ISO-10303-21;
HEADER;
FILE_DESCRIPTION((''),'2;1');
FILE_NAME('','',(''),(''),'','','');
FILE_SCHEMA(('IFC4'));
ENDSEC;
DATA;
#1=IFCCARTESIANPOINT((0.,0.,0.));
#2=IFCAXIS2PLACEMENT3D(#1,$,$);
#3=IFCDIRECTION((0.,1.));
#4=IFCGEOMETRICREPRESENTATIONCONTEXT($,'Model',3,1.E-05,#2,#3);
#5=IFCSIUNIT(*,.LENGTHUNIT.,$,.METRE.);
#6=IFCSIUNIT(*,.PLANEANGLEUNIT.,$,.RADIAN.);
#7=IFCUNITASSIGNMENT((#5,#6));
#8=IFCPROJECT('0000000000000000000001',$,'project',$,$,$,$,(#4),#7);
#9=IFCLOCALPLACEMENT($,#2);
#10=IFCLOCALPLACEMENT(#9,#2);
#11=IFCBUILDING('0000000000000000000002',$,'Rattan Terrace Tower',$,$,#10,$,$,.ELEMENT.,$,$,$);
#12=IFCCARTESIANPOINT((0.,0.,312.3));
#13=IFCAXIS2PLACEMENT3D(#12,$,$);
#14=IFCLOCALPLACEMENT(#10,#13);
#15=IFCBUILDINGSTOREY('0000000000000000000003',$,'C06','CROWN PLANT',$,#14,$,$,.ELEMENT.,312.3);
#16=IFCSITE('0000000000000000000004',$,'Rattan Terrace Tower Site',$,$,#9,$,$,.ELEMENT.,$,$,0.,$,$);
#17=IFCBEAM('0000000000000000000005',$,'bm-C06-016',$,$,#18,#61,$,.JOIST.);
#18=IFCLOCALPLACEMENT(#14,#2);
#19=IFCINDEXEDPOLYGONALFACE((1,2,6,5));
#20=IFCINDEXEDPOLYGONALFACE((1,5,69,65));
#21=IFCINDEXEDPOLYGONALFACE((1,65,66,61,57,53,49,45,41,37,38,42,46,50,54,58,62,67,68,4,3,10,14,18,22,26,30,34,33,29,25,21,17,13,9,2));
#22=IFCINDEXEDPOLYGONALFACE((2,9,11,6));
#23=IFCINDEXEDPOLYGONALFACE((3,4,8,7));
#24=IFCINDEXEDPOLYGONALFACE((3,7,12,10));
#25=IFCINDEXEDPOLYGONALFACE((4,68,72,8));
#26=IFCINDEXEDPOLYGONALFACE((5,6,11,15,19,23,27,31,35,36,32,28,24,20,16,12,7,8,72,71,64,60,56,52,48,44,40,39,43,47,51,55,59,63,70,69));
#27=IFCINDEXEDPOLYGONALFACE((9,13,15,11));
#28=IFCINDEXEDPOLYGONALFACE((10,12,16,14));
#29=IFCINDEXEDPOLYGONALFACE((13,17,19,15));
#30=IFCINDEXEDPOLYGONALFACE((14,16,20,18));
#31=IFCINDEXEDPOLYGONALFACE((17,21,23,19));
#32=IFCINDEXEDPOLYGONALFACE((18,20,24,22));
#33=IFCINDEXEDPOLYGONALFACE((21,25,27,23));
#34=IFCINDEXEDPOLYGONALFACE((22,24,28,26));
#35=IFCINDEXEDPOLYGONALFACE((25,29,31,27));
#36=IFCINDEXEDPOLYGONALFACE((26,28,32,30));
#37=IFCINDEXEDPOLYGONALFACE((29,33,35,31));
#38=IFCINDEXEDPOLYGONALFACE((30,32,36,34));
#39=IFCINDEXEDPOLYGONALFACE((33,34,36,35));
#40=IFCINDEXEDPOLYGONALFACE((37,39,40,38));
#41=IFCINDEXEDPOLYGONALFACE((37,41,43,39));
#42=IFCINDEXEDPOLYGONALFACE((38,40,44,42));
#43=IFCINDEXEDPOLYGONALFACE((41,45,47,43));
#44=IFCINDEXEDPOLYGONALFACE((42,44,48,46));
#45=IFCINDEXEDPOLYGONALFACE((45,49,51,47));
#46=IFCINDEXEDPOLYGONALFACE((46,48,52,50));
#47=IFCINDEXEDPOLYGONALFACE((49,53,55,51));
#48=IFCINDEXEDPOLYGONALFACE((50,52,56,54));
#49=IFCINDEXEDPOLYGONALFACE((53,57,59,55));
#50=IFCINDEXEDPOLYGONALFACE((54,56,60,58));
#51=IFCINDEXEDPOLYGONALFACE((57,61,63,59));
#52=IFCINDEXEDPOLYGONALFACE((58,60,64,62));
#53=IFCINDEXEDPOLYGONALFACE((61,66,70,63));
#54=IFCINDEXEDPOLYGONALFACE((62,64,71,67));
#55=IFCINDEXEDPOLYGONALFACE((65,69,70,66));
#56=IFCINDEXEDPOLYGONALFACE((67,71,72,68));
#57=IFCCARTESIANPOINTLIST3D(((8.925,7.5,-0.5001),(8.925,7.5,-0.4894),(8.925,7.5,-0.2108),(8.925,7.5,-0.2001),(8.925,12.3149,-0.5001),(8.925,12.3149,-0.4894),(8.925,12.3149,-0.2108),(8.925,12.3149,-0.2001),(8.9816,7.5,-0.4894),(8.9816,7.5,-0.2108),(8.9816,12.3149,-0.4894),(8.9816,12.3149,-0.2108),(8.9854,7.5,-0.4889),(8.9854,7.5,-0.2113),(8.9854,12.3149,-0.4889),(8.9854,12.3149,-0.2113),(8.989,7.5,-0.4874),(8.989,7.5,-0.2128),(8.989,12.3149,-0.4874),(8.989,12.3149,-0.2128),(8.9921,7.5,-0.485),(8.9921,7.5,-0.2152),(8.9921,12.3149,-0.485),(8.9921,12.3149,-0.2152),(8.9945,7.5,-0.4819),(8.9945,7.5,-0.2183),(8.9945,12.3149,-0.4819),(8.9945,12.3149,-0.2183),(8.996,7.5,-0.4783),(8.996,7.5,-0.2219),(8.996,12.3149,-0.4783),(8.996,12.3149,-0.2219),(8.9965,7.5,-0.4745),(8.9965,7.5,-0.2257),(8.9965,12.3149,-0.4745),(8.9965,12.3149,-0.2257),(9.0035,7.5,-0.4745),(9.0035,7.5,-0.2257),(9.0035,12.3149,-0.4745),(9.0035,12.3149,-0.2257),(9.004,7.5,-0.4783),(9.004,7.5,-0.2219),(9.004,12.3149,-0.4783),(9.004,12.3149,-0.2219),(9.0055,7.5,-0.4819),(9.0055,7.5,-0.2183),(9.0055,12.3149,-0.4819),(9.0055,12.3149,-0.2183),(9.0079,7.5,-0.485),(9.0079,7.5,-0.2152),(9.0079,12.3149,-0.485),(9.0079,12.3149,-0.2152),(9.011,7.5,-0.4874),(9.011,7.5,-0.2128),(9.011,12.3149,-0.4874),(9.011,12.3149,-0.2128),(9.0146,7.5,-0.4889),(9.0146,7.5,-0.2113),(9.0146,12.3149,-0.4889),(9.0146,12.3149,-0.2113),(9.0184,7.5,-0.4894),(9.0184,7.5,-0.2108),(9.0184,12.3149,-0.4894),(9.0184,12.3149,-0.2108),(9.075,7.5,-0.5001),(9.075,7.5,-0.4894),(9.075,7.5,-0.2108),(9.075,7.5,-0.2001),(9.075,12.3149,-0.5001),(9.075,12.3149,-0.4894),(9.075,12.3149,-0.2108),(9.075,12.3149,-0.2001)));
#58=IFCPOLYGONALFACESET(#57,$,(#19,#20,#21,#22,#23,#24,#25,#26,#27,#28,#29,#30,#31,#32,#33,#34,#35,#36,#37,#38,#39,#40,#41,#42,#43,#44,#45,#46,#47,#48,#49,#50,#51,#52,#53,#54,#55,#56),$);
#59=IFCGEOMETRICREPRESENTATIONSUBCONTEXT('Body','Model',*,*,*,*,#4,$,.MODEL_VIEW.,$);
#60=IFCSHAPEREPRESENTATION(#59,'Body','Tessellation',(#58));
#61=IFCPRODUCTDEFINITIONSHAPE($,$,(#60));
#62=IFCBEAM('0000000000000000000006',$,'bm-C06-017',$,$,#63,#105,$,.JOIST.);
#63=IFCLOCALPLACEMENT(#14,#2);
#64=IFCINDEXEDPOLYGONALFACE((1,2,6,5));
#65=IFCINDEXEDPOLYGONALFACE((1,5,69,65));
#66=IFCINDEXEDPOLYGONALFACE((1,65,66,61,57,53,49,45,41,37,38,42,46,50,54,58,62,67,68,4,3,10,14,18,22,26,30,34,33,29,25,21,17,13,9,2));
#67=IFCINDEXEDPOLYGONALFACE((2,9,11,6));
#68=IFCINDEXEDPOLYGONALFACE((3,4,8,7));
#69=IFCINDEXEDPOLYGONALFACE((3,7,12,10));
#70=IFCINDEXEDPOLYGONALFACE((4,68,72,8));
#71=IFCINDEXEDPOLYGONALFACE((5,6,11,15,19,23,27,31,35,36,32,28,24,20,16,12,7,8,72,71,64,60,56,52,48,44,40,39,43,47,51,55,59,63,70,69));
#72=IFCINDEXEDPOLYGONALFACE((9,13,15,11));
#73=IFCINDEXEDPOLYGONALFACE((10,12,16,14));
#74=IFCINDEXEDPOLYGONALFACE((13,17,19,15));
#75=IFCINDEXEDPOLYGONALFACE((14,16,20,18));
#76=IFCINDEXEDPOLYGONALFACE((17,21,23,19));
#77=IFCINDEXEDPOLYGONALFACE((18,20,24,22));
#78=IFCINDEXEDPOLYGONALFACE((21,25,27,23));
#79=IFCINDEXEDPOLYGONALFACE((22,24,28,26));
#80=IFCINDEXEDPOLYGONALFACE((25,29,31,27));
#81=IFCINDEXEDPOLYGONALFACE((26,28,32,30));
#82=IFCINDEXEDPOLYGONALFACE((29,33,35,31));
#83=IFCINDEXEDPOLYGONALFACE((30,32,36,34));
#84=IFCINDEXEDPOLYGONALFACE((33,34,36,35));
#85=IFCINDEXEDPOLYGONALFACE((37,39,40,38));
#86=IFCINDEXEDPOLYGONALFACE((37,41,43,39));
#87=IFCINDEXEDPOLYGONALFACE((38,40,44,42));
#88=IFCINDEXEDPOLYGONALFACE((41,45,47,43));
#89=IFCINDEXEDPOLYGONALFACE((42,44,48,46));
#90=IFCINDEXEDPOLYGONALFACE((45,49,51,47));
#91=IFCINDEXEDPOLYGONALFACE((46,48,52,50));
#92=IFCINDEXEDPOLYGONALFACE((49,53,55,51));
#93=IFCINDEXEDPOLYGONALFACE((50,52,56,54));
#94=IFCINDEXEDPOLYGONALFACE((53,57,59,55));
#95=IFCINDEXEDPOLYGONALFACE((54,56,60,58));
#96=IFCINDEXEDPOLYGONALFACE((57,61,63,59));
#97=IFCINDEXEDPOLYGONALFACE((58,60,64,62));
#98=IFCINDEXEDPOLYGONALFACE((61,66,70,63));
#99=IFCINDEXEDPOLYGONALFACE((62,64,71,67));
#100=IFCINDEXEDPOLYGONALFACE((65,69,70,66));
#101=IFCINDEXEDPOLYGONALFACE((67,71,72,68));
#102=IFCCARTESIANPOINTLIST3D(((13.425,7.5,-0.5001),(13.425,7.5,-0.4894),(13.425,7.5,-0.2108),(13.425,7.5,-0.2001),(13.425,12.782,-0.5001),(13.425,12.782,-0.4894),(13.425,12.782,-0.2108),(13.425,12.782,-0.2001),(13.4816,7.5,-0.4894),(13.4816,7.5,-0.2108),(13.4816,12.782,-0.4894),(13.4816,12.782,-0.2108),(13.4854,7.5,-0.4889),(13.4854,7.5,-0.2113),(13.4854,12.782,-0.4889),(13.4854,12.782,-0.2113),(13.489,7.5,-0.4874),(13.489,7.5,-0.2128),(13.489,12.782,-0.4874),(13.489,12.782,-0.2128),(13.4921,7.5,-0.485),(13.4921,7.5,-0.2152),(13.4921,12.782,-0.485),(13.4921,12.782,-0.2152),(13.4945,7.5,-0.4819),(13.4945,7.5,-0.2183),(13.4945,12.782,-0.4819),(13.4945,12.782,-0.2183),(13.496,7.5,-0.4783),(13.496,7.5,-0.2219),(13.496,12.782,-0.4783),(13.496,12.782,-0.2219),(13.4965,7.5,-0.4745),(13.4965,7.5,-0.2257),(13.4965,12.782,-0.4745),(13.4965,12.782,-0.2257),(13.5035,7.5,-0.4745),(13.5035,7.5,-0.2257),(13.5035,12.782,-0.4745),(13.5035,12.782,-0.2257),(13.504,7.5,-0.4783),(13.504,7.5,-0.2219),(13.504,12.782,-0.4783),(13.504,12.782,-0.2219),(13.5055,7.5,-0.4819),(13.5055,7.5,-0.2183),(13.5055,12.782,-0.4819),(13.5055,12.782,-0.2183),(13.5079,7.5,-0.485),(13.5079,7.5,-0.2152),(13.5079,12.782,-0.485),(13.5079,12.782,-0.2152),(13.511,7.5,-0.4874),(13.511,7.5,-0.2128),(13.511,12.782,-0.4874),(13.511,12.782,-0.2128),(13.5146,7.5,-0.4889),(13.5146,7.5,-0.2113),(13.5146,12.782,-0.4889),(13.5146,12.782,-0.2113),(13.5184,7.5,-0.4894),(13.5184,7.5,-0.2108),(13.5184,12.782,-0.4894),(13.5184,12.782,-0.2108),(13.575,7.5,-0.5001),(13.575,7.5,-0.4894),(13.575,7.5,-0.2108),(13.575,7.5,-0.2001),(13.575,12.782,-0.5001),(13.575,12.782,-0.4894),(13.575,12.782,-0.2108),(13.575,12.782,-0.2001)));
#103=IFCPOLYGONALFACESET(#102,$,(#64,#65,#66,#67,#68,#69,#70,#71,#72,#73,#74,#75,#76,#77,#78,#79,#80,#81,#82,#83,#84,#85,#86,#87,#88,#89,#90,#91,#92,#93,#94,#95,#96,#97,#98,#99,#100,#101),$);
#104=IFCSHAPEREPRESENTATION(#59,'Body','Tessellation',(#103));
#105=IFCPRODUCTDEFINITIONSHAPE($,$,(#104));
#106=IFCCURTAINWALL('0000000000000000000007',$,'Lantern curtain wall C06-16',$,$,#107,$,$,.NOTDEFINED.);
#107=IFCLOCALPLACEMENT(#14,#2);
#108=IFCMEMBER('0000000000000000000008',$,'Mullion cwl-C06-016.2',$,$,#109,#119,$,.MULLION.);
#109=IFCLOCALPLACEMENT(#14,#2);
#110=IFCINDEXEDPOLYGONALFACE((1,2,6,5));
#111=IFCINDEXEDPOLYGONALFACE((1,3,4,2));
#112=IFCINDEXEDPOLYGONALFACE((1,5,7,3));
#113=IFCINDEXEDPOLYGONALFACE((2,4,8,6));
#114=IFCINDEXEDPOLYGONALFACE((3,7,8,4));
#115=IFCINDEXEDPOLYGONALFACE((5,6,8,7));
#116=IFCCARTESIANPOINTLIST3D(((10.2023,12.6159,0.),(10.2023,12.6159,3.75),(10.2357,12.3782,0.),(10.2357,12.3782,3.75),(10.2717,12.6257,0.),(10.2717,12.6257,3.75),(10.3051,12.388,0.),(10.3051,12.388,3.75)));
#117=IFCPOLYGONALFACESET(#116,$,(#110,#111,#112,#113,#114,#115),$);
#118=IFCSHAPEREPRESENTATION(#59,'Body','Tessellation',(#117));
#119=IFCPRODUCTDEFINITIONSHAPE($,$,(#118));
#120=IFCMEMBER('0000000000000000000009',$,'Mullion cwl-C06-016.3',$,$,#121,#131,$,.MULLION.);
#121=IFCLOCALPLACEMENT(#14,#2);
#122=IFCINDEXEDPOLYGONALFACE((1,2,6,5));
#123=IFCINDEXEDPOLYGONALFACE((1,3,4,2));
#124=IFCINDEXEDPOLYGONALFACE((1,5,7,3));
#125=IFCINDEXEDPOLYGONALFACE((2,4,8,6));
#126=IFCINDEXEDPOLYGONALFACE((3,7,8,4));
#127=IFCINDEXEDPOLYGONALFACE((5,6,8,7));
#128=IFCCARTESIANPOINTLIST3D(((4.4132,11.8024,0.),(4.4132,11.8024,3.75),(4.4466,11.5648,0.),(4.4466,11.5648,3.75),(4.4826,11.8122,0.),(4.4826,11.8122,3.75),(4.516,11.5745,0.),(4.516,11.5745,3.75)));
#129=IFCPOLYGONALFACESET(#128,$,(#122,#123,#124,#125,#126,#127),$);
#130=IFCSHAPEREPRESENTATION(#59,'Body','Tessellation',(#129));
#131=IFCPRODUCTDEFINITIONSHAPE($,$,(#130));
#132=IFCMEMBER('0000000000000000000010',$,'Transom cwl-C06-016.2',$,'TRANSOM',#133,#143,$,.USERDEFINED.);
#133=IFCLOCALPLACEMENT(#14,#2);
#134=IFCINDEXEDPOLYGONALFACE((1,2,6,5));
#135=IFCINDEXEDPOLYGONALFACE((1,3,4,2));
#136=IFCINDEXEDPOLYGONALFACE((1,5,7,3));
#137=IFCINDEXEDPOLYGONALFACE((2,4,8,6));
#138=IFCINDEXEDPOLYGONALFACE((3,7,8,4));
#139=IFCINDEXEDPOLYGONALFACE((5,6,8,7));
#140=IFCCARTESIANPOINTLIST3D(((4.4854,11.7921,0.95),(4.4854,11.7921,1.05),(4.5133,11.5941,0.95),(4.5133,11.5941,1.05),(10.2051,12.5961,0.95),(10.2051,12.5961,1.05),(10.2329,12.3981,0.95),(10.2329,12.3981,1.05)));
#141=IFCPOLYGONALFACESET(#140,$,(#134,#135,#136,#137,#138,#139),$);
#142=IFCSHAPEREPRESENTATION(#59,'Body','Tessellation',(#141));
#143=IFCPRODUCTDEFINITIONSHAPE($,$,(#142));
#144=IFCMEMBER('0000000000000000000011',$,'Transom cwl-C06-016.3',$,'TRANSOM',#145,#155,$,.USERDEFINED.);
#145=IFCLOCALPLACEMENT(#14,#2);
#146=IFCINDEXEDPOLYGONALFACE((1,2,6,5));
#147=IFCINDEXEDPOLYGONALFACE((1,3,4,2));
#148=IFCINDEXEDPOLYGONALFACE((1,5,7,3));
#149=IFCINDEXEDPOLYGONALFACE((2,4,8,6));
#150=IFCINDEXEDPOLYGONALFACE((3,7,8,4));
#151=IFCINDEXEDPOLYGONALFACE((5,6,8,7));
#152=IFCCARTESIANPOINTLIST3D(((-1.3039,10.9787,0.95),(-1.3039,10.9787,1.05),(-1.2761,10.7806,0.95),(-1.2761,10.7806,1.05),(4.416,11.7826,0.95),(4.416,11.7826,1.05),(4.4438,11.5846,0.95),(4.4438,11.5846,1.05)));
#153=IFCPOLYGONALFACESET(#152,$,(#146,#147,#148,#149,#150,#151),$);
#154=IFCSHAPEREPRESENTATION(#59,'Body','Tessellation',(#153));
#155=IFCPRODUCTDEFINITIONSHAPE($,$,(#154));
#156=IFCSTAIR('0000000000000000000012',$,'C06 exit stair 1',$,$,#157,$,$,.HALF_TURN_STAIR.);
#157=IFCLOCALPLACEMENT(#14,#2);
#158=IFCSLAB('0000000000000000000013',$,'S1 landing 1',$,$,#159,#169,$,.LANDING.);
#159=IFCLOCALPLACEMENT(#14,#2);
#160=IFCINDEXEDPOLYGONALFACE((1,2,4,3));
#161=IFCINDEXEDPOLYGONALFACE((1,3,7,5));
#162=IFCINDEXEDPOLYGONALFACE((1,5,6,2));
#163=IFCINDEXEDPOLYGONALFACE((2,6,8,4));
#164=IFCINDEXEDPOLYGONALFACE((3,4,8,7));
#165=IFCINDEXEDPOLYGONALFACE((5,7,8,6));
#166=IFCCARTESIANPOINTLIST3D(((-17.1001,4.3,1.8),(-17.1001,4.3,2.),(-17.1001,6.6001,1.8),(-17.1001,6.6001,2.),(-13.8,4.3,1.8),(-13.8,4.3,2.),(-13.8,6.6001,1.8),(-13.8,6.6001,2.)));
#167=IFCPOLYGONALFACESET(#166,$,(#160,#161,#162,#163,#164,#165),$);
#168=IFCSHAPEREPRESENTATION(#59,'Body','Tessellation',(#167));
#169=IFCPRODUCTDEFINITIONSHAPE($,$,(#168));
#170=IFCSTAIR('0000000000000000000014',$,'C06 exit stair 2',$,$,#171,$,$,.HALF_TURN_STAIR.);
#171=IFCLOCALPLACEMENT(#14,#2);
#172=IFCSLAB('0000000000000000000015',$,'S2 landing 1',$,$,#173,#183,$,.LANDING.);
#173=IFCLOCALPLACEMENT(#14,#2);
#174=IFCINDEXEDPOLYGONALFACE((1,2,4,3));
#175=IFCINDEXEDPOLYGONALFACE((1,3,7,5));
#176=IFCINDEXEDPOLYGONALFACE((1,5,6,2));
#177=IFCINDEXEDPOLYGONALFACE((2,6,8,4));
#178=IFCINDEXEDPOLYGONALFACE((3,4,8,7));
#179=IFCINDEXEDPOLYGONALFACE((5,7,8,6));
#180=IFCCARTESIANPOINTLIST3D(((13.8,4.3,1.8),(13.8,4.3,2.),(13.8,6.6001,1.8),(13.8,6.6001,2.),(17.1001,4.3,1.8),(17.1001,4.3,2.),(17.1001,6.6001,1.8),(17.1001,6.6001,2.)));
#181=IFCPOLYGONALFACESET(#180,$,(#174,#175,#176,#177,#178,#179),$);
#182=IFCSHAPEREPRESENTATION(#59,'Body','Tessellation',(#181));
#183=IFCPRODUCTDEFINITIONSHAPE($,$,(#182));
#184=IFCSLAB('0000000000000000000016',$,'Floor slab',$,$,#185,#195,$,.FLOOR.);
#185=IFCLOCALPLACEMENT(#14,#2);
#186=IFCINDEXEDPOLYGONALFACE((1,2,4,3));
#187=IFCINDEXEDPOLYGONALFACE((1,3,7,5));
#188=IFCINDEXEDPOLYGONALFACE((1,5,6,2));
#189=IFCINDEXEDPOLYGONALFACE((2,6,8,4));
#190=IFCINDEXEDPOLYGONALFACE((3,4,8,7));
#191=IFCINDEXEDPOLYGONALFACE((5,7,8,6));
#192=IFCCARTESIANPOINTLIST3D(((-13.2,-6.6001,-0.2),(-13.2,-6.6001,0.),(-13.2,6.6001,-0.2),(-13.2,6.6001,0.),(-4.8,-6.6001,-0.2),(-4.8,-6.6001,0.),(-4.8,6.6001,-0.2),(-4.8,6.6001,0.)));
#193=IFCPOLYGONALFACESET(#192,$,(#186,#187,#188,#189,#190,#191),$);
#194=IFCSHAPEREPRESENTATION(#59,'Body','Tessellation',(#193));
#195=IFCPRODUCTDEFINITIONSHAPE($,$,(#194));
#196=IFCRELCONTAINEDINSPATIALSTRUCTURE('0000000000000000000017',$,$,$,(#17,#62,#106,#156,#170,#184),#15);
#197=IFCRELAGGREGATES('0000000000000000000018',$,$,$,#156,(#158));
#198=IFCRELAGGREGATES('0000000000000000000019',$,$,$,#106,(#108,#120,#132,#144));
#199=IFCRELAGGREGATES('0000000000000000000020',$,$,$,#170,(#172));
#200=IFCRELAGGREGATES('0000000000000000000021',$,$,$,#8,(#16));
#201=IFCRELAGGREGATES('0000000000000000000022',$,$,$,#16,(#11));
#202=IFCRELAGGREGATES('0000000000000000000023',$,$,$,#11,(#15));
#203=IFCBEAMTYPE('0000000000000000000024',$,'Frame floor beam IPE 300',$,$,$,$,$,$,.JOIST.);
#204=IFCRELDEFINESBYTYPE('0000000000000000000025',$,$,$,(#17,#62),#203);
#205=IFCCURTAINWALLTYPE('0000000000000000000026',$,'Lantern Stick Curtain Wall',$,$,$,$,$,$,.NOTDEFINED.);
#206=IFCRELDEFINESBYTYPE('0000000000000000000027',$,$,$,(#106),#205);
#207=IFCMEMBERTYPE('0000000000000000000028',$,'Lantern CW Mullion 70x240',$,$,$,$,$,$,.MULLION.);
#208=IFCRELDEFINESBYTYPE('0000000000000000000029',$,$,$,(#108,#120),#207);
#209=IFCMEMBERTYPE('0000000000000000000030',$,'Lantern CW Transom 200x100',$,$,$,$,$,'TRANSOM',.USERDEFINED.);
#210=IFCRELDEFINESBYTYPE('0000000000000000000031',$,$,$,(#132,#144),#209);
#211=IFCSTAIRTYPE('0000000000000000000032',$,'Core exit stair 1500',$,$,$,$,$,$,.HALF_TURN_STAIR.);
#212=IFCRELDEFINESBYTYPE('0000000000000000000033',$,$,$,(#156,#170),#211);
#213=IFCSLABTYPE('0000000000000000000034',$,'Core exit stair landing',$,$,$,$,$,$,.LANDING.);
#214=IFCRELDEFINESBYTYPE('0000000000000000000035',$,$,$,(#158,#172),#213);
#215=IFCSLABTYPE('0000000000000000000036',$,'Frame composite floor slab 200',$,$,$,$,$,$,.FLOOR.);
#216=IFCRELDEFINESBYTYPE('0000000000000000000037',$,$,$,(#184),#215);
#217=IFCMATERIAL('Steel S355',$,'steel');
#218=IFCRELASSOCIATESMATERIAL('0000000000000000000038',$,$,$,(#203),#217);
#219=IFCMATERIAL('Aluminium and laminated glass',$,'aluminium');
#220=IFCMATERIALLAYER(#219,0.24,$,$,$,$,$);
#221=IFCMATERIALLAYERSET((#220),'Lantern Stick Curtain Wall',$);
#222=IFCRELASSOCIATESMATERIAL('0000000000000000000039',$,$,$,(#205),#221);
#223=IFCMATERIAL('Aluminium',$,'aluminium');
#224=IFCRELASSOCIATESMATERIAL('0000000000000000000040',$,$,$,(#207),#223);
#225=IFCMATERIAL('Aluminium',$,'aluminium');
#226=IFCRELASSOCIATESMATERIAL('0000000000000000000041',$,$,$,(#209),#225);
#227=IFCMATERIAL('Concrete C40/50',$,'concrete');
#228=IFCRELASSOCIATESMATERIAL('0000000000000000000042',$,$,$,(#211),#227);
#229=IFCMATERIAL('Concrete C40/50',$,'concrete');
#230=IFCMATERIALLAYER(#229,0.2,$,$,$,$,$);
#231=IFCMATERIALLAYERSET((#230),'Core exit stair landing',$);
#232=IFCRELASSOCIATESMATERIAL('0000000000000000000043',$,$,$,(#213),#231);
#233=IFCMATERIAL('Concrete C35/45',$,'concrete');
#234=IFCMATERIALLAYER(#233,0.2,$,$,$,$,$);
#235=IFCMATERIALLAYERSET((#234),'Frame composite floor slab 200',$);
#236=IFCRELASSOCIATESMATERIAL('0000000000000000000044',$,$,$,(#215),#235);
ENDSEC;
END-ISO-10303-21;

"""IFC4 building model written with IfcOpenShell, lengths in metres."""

from ifc_helpers import new_model, si_unit, direction, frame, origin, origin_2d, place, context, subcontext, project, spatial, polyline, rectangle, i_section, outline, extrude, material, layer, layer_set, material_profile, profile_set, type_object, element, aggregate, save


model = new_model("IFC4")

# Units and contexts
model_context = context("Model", 3, precision=1e-05, world=origin(), true_north=direction((0.0, 1.0)))
body_context = subcontext(model_context, "Body", "Model", "MODEL_VIEW")
ifc_project = project(units=[si_unit("LENGTHUNIT", "METRE"), si_unit("PLANEANGLEUNIT", "RADIAN")], contexts=[model_context])

# Site, building, storey
site_placement = place(None, origin())
site = spatial("IfcSite", under=ifc_project, at=site_placement, Name="Rattan Terrace Tower Site", CompositionType="ELEMENT", RefElevation=0.0)
building_placement = place(site_placement, origin())
building = spatial("IfcBuilding", under=site, at=building_placement, Name="Rattan Terrace Tower", CompositionType="ELEMENT")
storey_placement = place(building_placement, frame((0.0, 0.0, 312.3)))
storey = spatial("IfcBuildingStorey", under=building, at=storey_placement, Name="C06", Description="CROWN PLANT", CompositionType="ELEMENT", Elevation=312.3)

# Beams
ifc_material_1 = material(Name="Steel S355", Category="steel")
ifc_material_profile_1 = material_profile(ifc_material_1, i_section(OverallWidth=0.1499, OverallDepth=0.3, WebThickness=0.0071, FlangeThickness=0.0107, FilletRadius=0.0149, at=origin_2d()), Name="IPE 300")
ifc_profile_set_1 = profile_set([ifc_material_profile_1], Name="Steel S355")
beam_type_1 = type_object("IfcBeamType", Name="Frame floor beam IPE 300", PredefinedType="JOIST", material=ifc_profile_set_1)
beam_1_placement = place(storey_placement, frame((9.0, 7.5, -0.3501), z_axis=(0.0, 1.0, 0.0), x_axis=(-1.0, 0.0, 0.0)))
element("IfcBeam", 1, at=beam_1_placement, inside=storey, type_object=beam_type_1, Name="bm-C06-016", PredefinedType="JOIST", context=body_context, shape_type="SweptSolid", body=[
    extrude(i_section(OverallWidth=0.1499, OverallDepth=0.3, WebThickness=0.0071, FlangeThickness=0.0107, FilletRadius=0.0149, at=origin_2d()), origin(), (0.0, 0.0, 1.0), 4.8149),
])
beam_2_placement = place(storey_placement, frame((13.5, 7.5, -0.3501), z_axis=(0.0, 1.0, 0.0), x_axis=(-1.0, 0.0, 0.0)))
element("IfcBeam", 2, at=beam_2_placement, inside=storey, type_object=beam_type_1, Name="bm-C06-017", PredefinedType="JOIST", context=body_context, shape_type="SweptSolid", body=[
    extrude(i_section(OverallWidth=0.1499, OverallDepth=0.3, WebThickness=0.0071, FlangeThickness=0.0107, FilletRadius=0.0149, at=origin_2d()), origin(), (0.0, 0.0, 1.0), 5.282),
])

# Curtain wall, members
ifc_material_2 = material(Name="Aluminium and laminated glass", Category="aluminium")
ifc_layer_1 = layer(ifc_material_2, 0.24)
ifc_layer_set_1 = layer_set([ifc_layer_1], Name="Lantern Stick Curtain Wall")
curtain_wall_type = type_object("IfcCurtainWallType", Name="Lantern Stick Curtain Wall", PredefinedType="NOTDEFINED", material=ifc_layer_set_1)
curtain_wall_placement = place(storey_placement, origin())
curtain_wall = element("IfcCurtainWall", 3, at=curtain_wall_placement, inside=storey, type_object=curtain_wall_type, Name="Lantern curtain wall C06-16", PredefinedType="NOTDEFINED")
ifc_material_3 = material(Name="Aluminium", Category="aluminium")
ifc_material_profile_2 = material_profile(ifc_material_3, rectangle(XDim=0.0701, YDim=0.24, at=origin_2d()), Name="Aluminium 70x240")
ifc_profile_set_2 = profile_set([ifc_material_profile_2], Name="Aluminium")
member_type_1 = type_object("IfcMemberType", Name="Lantern CW Mullion 70x240", PredefinedType="MULLION", material=ifc_profile_set_2)
member_1_placement = place(storey_placement, frame((10.2537, 12.502, 0.0), z_axis=(0.0, 0.0, 1.0), x_axis=(-0.990267, -0.139181, 0.0)))
member_1 = element("IfcMember", 4, at=member_1_placement, type_object=member_type_1, Name="Mullion cwl-C06-016.2", PredefinedType="MULLION", context=body_context, shape_type="SweptSolid", body=[
    extrude(rectangle(XDim=0.0701, YDim=0.24, at=origin_2d()), origin(), (0.0, 0.0, 1.0), 3.75),
])
member_2_placement = place(storey_placement, frame((4.4646, 11.6885, 0.0), z_axis=(0.0, 0.0, 1.0), x_axis=(-0.990267, -0.139181, 0.0)))
member_2 = element("IfcMember", 5, at=member_2_placement, type_object=member_type_1, Name="Mullion cwl-C06-016.3", PredefinedType="MULLION", context=body_context, shape_type="SweptSolid", body=[
    extrude(rectangle(XDim=0.0701, YDim=0.24, at=origin_2d()), origin(), (0.0, 0.0, 1.0), 3.75),
])
ifc_material_4 = material(Name="Aluminium", Category="aluminium")
ifc_material_profile_3 = material_profile(ifc_material_4, rectangle(XDim=0.2, YDim=0.1001, at=origin_2d()), Name="Aluminium 200x100")
ifc_profile_set_3 = profile_set([ifc_material_profile_3], Name="Aluminium")
member_type_2 = type_object("IfcMemberType", Name="Lantern CW Transom 200x100", ElementType="TRANSOM", PredefinedType="USERDEFINED", material=ifc_profile_set_3)
member_3_placement = place(storey_placement, frame((10.219, 12.4971, 1.0), z_axis=(-0.990266, -0.13919, 0.0), x_axis=(0.13919, -0.990266, 0.0)))
member_3 = element("IfcMember", 6, at=member_3_placement, type_object=member_type_2, Name="Transom cwl-C06-016.2", ObjectType="TRANSOM", PredefinedType="USERDEFINED", context=body_context, shape_type="SweptSolid", body=[
    extrude(rectangle(XDim=0.2, YDim=0.1001, at=origin_2d()), origin(), (0.0, 0.0, 1.0), 5.7759),
])
member_4_placement = place(storey_placement, frame((4.4299, 11.6836, 1.0), z_axis=(-0.990267, -0.139184, 0.0), x_axis=(0.139184, -0.990267, 0.0)))
member_4 = element("IfcMember", 7, at=member_4_placement, type_object=member_type_2, Name="Transom cwl-C06-016.3", ObjectType="TRANSOM", PredefinedType="USERDEFINED", context=body_context, shape_type="SweptSolid", body=[
    extrude(rectangle(XDim=0.2, YDim=0.1001, at=origin_2d()), origin(), (0.0, 0.0, 1.0), 5.7761),
])

# Stairs, slabs
ifc_material_5 = material(Name="Concrete C40/50", Category="concrete")
stair_type = type_object("IfcStairType", Name="Core exit stair 1500", PredefinedType="HALF_TURN_STAIR", material=ifc_material_5)
stair_1_placement = place(storey_placement, origin())
stair_1 = element("IfcStair", 8, at=stair_1_placement, inside=storey, type_object=stair_type, Name="C06 exit stair 1", PredefinedType="HALF_TURN_STAIR")
ifc_material_6 = material(Name="Concrete C40/50", Category="concrete")
ifc_layer_2 = layer(ifc_material_6, 0.2)
ifc_layer_set_2 = layer_set([ifc_layer_2], Name="Core exit stair landing")
slab_type_1 = type_object("IfcSlabType", Name="Core exit stair landing", PredefinedType="LANDING", material=ifc_layer_set_2)
slab_1_placement = place(storey_placement, frame((0.0, 0.0, 1.8)))
slab_1 = element("IfcSlab", 9, at=slab_1_placement, type_object=slab_type_1, Name="S1 landing 1", PredefinedType="LANDING", context=body_context, shape_type="SweptSolid", body=[
    extrude(outline(polyline([(-13.8, 4.3), (-13.8, 6.6001), (-17.1001, 6.6001), (-17.1001, 4.3), (-13.8, 4.3)])), origin(), (0.0, 0.0, 1.0), 0.2),
])
aggregate(stair_1, [slab_1])
stair_2_placement = place(storey_placement, origin())
stair_2 = element("IfcStair", 10, at=stair_2_placement, inside=storey, type_object=stair_type, Name="C06 exit stair 2", PredefinedType="HALF_TURN_STAIR")
slab_2_placement = place(storey_placement, frame((0.0, 0.0, 1.8)))
slab_2 = element("IfcSlab", 11, at=slab_2_placement, type_object=slab_type_1, Name="S2 landing 1", PredefinedType="LANDING", context=body_context, shape_type="SweptSolid", body=[
    extrude(outline(polyline([(17.1001, 4.3), (17.1001, 6.6001), (13.8, 6.6001), (13.8, 4.3), (17.1001, 4.3)])), origin(), (0.0, 0.0, 1.0), 0.2),
])

# Slab
ifc_material_7 = material(Name="Concrete C35/45", Category="concrete")
ifc_layer_3 = layer(ifc_material_7, 0.2)
ifc_layer_set_3 = layer_set([ifc_layer_3], Name="Frame composite floor slab 200")
slab_type_2 = type_object("IfcSlabType", Name="Frame composite floor slab 200", PredefinedType="FLOOR", material=ifc_layer_set_3)
slab_3_placement = place(storey_placement, frame((0.0, 0.0, -0.2)))
element("IfcSlab", 12, at=slab_3_placement, inside=storey, type_object=slab_type_2, Name="Floor slab", PredefinedType="FLOOR", context=body_context, shape_type="SweptSolid", body=[
    extrude(outline(polyline([(-13.2, 6.6001), (-13.2, -6.6001), (-4.8, -6.6001), (-4.8, 6.6001), (-13.2, 6.6001)])), origin(), (0.0, 0.0, 1.0), 0.2),
])

aggregate(curtain_wall, [member_1, member_2, member_3, member_4])

aggregate(stair_2, [slab_2])

save(model, "model.ifc")
